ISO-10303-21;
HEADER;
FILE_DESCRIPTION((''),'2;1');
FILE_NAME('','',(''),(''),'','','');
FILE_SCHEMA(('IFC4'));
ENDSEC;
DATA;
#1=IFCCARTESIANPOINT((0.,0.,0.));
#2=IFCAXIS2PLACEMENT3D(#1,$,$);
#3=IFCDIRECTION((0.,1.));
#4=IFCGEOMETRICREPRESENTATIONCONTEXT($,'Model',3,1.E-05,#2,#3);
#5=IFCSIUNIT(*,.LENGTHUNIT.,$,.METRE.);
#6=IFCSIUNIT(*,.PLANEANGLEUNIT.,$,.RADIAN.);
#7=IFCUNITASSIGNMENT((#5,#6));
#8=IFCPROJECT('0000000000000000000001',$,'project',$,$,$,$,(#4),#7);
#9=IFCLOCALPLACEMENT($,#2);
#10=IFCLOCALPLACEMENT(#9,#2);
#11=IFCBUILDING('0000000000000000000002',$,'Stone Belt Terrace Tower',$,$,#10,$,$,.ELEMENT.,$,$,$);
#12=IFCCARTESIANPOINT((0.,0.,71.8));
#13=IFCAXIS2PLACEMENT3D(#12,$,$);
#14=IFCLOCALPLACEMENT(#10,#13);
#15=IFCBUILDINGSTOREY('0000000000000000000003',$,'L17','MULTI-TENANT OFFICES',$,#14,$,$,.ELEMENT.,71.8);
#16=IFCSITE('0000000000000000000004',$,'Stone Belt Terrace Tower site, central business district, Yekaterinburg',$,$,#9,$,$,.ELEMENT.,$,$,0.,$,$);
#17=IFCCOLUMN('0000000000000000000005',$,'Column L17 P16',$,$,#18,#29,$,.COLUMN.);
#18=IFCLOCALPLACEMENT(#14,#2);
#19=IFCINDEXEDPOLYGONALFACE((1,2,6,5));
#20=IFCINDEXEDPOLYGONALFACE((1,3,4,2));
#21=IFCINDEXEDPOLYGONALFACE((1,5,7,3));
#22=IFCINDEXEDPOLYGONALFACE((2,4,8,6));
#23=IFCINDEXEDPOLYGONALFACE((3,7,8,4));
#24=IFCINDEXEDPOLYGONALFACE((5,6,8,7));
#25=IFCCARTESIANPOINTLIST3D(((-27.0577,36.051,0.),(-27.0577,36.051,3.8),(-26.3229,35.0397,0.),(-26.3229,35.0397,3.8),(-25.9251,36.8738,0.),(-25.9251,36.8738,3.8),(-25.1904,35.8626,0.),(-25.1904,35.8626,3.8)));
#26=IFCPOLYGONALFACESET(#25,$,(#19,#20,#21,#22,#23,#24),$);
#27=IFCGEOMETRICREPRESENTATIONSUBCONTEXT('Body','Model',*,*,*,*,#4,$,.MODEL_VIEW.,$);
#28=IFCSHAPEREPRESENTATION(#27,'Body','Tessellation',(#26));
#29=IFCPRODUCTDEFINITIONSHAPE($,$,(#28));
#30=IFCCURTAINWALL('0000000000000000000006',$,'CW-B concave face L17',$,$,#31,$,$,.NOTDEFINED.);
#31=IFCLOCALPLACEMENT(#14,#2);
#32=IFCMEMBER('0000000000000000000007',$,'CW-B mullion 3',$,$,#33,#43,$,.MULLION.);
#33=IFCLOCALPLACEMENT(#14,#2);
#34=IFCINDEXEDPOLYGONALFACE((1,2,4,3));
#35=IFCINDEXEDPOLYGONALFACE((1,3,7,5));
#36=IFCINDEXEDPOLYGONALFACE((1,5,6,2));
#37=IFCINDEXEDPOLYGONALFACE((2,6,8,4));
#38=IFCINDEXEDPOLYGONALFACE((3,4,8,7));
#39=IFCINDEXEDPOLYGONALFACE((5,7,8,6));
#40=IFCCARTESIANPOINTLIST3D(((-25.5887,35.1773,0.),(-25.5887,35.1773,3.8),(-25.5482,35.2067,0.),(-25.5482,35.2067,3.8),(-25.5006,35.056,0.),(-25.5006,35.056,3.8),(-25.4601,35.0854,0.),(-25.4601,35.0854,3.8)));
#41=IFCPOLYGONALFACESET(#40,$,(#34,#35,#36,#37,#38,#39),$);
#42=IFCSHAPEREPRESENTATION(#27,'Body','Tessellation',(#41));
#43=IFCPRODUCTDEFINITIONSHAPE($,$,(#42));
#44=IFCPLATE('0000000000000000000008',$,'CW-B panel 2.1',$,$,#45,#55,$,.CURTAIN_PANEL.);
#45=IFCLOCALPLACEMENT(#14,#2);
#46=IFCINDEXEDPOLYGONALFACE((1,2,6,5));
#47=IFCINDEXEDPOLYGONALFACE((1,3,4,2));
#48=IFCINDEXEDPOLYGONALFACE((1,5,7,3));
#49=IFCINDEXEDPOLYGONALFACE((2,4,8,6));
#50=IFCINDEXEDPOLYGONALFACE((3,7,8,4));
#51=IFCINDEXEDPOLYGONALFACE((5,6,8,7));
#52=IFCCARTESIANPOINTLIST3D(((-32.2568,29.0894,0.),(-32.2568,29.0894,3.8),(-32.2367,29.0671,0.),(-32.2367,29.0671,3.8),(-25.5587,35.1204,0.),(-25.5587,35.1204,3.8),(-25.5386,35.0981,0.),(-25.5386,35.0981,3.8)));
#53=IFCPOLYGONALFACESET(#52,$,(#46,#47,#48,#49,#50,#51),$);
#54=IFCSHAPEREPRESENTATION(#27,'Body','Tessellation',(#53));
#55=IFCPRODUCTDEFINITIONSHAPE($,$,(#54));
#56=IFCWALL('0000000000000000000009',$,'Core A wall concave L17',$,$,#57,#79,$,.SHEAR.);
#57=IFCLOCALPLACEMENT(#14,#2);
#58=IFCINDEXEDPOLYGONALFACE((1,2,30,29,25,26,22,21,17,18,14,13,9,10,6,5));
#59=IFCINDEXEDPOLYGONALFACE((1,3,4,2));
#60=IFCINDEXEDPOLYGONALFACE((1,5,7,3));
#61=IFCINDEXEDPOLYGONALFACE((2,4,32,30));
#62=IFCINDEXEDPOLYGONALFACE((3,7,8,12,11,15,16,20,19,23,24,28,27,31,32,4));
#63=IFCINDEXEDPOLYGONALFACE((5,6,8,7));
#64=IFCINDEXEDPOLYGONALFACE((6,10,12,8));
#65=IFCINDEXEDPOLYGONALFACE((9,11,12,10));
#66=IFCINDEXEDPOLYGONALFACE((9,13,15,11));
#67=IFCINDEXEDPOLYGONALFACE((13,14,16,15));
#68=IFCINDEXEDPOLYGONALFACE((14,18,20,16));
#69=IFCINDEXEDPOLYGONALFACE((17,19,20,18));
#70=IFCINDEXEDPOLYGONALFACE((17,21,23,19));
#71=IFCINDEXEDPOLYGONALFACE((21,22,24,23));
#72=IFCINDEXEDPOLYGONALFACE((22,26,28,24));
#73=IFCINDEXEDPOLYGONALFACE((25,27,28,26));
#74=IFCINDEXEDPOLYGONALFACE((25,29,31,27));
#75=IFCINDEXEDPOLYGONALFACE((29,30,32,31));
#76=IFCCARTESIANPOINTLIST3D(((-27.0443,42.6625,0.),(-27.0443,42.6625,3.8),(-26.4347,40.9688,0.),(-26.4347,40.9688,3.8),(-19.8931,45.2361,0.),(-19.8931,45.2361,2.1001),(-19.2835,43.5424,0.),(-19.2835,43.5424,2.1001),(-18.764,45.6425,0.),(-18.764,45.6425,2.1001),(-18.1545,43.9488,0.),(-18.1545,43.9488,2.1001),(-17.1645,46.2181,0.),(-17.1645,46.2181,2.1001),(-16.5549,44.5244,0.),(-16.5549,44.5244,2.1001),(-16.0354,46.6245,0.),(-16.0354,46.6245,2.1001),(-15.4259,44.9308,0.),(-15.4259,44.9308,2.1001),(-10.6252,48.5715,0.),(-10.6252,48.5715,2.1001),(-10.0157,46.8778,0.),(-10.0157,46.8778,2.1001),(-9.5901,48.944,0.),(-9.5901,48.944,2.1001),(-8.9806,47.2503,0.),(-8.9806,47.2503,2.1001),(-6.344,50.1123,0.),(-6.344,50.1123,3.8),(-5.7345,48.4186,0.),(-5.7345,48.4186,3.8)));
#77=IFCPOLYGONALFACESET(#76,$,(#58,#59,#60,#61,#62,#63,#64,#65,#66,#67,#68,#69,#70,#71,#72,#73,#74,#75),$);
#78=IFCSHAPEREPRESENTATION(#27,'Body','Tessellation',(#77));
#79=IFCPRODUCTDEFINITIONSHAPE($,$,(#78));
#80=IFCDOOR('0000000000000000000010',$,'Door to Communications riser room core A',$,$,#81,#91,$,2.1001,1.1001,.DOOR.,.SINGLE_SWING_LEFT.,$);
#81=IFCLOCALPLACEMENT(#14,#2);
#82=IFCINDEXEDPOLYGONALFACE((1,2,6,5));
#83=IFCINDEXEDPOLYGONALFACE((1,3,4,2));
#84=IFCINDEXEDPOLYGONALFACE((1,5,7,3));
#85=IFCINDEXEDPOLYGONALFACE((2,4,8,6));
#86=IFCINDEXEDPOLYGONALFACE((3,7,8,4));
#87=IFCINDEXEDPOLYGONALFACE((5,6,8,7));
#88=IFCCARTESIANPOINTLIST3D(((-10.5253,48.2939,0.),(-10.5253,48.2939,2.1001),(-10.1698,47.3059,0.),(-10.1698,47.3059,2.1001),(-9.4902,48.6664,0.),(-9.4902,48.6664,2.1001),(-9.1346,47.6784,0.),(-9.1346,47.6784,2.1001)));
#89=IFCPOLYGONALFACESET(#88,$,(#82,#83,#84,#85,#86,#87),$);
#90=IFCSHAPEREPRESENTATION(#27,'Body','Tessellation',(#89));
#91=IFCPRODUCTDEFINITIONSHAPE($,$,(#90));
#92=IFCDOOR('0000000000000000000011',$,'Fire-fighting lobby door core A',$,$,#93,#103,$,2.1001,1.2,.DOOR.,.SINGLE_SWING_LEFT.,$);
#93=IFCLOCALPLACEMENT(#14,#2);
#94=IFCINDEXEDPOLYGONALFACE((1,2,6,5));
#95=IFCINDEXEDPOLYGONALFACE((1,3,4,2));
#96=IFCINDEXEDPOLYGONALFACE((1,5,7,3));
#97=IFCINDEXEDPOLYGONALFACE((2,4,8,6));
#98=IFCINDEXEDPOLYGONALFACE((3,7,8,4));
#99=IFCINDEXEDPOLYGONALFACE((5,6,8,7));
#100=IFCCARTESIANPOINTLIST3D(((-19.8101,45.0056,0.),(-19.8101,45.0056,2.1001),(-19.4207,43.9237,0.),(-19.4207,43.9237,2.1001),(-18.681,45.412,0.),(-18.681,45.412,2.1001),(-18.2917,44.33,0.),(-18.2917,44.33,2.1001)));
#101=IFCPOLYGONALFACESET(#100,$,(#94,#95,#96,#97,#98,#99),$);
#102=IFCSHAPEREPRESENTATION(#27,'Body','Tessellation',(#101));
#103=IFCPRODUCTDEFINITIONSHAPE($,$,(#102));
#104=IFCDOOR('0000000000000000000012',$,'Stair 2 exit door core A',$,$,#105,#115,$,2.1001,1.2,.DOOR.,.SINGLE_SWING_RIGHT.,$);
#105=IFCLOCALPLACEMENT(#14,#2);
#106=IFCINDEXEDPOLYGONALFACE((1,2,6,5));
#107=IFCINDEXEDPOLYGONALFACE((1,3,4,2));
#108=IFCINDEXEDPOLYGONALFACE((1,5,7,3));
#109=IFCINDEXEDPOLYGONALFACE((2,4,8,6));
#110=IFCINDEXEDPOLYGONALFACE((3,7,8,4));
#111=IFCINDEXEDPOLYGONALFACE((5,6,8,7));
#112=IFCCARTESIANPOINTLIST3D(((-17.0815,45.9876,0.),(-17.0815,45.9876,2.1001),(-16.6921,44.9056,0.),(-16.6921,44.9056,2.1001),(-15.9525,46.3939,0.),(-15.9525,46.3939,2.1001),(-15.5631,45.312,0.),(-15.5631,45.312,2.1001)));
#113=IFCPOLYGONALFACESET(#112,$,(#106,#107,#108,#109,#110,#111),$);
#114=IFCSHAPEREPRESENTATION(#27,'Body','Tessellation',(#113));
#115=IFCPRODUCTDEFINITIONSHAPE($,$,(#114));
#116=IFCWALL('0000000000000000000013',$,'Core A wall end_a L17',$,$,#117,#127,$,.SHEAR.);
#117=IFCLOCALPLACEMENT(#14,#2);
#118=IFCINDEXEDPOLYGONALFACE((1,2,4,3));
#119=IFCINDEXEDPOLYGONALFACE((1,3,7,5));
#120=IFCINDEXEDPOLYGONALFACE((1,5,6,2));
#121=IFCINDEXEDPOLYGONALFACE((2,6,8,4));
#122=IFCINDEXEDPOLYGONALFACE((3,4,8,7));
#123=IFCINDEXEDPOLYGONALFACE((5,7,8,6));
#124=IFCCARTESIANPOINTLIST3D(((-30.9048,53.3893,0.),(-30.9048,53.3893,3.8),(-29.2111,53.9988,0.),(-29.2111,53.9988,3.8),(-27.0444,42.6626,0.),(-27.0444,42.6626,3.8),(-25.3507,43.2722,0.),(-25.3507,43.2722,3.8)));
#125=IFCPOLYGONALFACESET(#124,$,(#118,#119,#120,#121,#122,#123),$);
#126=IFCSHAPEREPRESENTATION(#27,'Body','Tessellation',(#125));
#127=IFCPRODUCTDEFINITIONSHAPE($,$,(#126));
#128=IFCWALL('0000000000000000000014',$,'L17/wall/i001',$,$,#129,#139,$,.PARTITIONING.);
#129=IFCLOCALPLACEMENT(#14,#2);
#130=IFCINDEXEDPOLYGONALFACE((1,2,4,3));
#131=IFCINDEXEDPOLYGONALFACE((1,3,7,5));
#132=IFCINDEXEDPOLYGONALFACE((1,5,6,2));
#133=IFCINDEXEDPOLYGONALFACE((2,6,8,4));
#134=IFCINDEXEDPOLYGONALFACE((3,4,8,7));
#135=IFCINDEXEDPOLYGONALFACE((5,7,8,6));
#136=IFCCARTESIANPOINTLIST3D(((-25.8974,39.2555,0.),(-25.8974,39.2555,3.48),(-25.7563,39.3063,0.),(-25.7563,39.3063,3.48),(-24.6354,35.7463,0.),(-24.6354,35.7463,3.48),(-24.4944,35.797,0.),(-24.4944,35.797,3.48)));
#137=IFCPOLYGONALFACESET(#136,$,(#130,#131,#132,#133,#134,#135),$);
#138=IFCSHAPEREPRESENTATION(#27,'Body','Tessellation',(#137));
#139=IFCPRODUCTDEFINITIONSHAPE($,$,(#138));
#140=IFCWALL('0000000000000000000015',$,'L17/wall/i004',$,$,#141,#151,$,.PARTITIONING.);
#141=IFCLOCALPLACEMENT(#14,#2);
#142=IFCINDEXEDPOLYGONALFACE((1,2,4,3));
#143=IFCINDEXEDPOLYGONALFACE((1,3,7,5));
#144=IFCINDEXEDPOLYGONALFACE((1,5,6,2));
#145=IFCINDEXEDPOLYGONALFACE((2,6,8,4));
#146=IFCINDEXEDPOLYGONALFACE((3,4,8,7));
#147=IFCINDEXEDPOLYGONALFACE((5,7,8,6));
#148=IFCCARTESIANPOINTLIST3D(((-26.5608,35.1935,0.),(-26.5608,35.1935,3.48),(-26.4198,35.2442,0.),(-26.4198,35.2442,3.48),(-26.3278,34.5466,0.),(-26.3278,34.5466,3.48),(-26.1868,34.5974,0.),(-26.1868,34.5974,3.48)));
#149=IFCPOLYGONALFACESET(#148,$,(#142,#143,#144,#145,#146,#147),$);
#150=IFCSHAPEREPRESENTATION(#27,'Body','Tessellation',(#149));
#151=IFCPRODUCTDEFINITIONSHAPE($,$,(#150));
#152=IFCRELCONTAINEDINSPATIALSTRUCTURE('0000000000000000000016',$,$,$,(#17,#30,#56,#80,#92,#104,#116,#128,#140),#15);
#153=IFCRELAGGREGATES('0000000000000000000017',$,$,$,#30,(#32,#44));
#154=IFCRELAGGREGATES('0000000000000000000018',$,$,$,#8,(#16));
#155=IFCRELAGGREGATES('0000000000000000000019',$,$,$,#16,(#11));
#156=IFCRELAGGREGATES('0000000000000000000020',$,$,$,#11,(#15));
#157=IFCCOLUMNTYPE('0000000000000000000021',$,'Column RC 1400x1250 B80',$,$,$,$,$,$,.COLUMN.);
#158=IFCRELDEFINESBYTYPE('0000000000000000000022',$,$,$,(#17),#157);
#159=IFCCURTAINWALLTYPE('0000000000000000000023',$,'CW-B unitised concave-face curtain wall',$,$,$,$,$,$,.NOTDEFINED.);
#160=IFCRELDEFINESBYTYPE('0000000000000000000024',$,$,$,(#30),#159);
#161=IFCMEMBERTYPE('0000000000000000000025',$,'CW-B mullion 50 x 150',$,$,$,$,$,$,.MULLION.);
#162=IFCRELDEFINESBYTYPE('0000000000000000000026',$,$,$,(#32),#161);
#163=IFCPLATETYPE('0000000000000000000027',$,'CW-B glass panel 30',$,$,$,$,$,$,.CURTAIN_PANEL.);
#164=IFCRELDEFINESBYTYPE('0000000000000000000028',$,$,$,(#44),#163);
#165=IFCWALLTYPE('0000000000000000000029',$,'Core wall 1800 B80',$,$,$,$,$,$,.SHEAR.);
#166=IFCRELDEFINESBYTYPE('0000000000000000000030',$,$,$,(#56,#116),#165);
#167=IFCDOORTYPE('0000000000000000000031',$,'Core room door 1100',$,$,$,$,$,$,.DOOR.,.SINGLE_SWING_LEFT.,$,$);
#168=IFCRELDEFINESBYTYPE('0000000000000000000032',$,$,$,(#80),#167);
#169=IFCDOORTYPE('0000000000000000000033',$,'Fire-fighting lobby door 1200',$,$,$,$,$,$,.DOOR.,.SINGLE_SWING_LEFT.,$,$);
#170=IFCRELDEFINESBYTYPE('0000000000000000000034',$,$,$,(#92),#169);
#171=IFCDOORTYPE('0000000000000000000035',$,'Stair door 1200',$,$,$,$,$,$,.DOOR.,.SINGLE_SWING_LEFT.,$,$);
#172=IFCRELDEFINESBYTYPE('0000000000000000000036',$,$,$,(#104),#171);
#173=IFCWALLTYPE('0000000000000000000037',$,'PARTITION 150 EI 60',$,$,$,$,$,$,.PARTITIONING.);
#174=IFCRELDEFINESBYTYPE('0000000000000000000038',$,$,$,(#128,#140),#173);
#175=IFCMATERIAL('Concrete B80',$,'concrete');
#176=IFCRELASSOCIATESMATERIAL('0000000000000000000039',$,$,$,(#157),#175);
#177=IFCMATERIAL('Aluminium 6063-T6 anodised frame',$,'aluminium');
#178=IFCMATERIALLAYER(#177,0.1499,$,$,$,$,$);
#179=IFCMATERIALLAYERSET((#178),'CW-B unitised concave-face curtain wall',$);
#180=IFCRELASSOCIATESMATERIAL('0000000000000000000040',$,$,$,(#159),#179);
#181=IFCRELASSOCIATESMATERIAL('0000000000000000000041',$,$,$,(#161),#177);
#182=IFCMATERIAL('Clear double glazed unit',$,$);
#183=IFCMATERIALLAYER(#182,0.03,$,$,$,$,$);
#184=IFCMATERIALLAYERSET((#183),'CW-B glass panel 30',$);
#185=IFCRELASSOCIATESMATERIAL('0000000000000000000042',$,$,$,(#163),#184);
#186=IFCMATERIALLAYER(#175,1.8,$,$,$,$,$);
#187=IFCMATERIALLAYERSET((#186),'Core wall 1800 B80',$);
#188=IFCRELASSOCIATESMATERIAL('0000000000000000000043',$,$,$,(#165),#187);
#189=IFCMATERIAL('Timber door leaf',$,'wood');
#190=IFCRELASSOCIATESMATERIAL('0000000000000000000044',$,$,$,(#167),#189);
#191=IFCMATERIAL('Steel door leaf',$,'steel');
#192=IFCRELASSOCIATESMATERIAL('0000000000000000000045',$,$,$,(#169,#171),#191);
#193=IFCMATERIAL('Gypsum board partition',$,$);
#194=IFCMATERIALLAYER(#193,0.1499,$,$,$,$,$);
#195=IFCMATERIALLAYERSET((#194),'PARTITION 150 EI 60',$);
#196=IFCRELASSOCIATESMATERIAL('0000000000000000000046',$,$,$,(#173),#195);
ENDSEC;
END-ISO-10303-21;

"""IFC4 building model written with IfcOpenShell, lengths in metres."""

from ifc_helpers import new_model, si_unit, direction, frame, frame_2d, origin, origin_2d, place, context, subcontext, project, spatial, rectangle, extrude, material, layer, layer_set, material_profile, profile_set, type_object, element, fill, aggregate, save


model = new_model("IFC4")

# Units and contexts
model_context = context("Model", 3, precision=1e-05, world=origin(), true_north=direction((0.0, 1.0)))
body_context = subcontext(model_context, "Body", "Model", "MODEL_VIEW")
ifc_project = project(units=[si_unit("LENGTHUNIT", "METRE"), si_unit("PLANEANGLEUNIT", "RADIAN")], contexts=[model_context])

# Site, building, storey
site_placement = place(None, origin())
site = spatial("IfcSite", under=ifc_project, at=site_placement, Name="Stone Belt Terrace Tower site, central business district, Yekaterinburg", CompositionType="ELEMENT", RefElevation=0.0)
building_placement = place(site_placement, origin())
building = spatial("IfcBuilding", under=site, at=building_placement, Name="Stone Belt Terrace Tower", CompositionType="ELEMENT")
storey_placement = place(building_placement, frame((0.0, 0.0, 71.8)))
storey = spatial("IfcBuildingStorey", under=building, at=storey_placement, Name="L17", Description="MULTI-TENANT OFFICES", CompositionType="ELEMENT", Elevation=71.8)

# Column
ifc_material_1 = material(Name="Concrete B80", Category="concrete")
ifc_material_profile_1 = material_profile(ifc_material_1, rectangle(XDim=1.3999, YDim=1.25, at=origin_2d()), Name="RC 1400x1250")
ifc_profile_set_1 = profile_set([ifc_material_profile_1], Name="Concrete B80")
column_type = type_object("IfcColumnType", Name="Column RC 1400x1250 B80", PredefinedType="COLUMN", material=ifc_profile_set_1)
column_placement = place(storey_placement, frame((-26.124, 35.9568, 0.0), z_axis=(0.0, 0.0, 1.0), x_axis=(0.809017, 0.587785, 0.0)))
element("IfcColumn", 1, at=column_placement, inside=storey, type_object=column_type, Name="Column L17 P16", PredefinedType="COLUMN", context=body_context, shape_type="SweptSolid", body=[
    extrude(rectangle(XDim=1.3999, YDim=1.25, at=origin_2d()), origin(), (0.0, 0.0, 1.0), 3.8),
])

# Curtain wall, member, plate
ifc_material_2 = material(Name="Aluminium 6063-T6 anodised frame", Category="aluminium")
ifc_layer_1 = layer(ifc_material_2, 0.1499)
ifc_layer_set_1 = layer_set([ifc_layer_1], Name="CW-B unitised concave-face curtain wall")
curtain_wall_type = type_object("IfcCurtainWallType", Name="CW-B unitised concave-face curtain wall", PredefinedType="NOTDEFINED", material=ifc_layer_set_1)
curtain_wall_placement = place(storey_placement, origin())
curtain_wall = element("IfcCurtainWall", 2, at=curtain_wall_placement, inside=storey, type_object=curtain_wall_type, Name="CW-B concave face L17", PredefinedType="NOTDEFINED")
ifc_material_profile_2 = material_profile(ifc_material_2, rectangle(XDim=0.1499, YDim=0.05, at=origin_2d()), Name="Aluminium 6063-T6 50x150")
ifc_profile_set_2 = profile_set([ifc_material_profile_2], Name="Aluminium 6063-T6 anodised frame")
member_type = type_object("IfcMemberType", Name="CW-B mullion 50 x 150", PredefinedType="MULLION", material=ifc_profile_set_2)
member_placement = place(storey_placement, frame((-25.5244, 35.1313, 0.0), z_axis=(0.0, 0.0, 1.0), x_axis=(-0.587785, 0.809017, 0.0)))
member = element("IfcMember", 3, at=member_placement, type_object=member_type, Name="CW-B mullion 3", PredefinedType="MULLION", context=body_context, shape_type="SweptSolid", body=[
    extrude(rectangle(XDim=0.1499, YDim=0.05, at=origin_2d()), origin(), (0.0, 0.0, 1.0), 3.8),
])
ifc_material_3 = material(Name="Clear double glazed unit")
ifc_layer_2 = layer(ifc_material_3, 0.03)
ifc_layer_set_2 = layer_set([ifc_layer_2], Name="CW-B glass panel 30")
plate_type = type_object("IfcPlateType", Name="CW-B glass panel 30", PredefinedType="CURTAIN_PANEL", material=ifc_layer_set_2)
plate_placement = place(storey_placement, frame((-28.8977, 32.0938, 0.0), z_axis=(0.0, 0.0, 1.0), x_axis=(0.743145, 0.669131, 0.0)))
plate = element("IfcPlate", 4, at=plate_placement, type_object=plate_type, Name="CW-B panel 2.1", PredefinedType="CURTAIN_PANEL", context=body_context, shape_type="SweptSolid", body=[
    extrude(rectangle(XDim=9.0132, YDim=0.03, at=origin_2d()), origin(), (0.0, 0.0, 1.0), 3.8),
])
aggregate(curtain_wall, [member, plate])

# Wall, openings, doors
ifc_layer_3 = layer(ifc_material_1, 1.8)
ifc_layer_set_3 = layer_set([ifc_layer_3], Name="Core wall 1800 B80")
wall_type_1 = type_object("IfcWallType", Name="Core wall 1800 B80", PredefinedType="SHEAR", material=ifc_layer_set_3)
wall_1_placement = place(storey_placement, frame((-26.7395, 41.8157, 0.0), z_axis=(0.0, 0.0, 1.0), x_axis=(0.940922, 0.338624, 0.0)))
wall_1 = element("IfcWall", 5, at=wall_1_placement, inside=storey, type_object=wall_type_1, Name="Core A wall concave L17", PredefinedType="SHEAR", context=body_context, shape_type="SweptSolid", body=[
    extrude(rectangle(XDim=22.0, YDim=1.8, at=frame_2d((11.0, 0.0))), origin(), (0.0, 0.0, 1.0), 3.8),
])
opening_1_placement = place(wall_1_placement, frame((7.6001, 0.0, 0.0)))
opening_1 = element("IfcOpeningElement", 6, at=opening_1_placement, cuts=wall_1, PredefinedType="OPENING", context=body_context, shape_type="SweptSolid", body=[
    extrude(rectangle(XDim=1.2, YDim=2.1001, at=frame_2d((0.6001, 1.05))), frame((0.0, 0.9099, 0.0), z_axis=(0.0, -1.0, 0.0), x_axis=(1.0, 0.0, 0.0)), (0.0, 0.0, 1.0), 1.8201),
])
opening_2_placement = place(wall_1_placement, frame((10.5, 0.0, 0.0)))
opening_2 = element("IfcOpeningElement", 7, at=opening_2_placement, cuts=wall_1, PredefinedType="OPENING", context=body_context, shape_type="SweptSolid", body=[
    extrude(rectangle(XDim=1.2, YDim=2.1001, at=frame_2d((0.6001, 1.05))), frame((0.0, 0.9099, 0.0), z_axis=(0.0, -1.0, 0.0), x_axis=(1.0, 0.0, 0.0)), (0.0, 0.0, 1.0), 1.8201),
])
opening_3_placement = place(wall_1_placement, frame((17.45, 0.0, 0.0)))
opening_3 = element("IfcOpeningElement", 8, at=opening_3_placement, cuts=wall_1, PredefinedType="OPENING", context=body_context, shape_type="SweptSolid", body=[
    extrude(rectangle(XDim=1.1001, YDim=2.1001, at=frame_2d((0.55, 1.05))), frame((0.0, 0.9099, 0.0), z_axis=(0.0, -1.0, 0.0), x_axis=(1.0, 0.0, 0.0)), (0.0, 0.0, 1.0), 1.8201),
])
ifc_material_4 = material(Name="Timber door leaf", Category="wood")
door_type_1 = type_object("IfcDoorType", Name="Core room door 1100", OperationType="SINGLE_SWING_LEFT", PredefinedType="DOOR", material=ifc_material_4)
door_1_placement = place(opening_3_placement, origin())
door_1 = element("IfcDoor", 9, at=door_1_placement, inside=storey, type_object=door_type_1, Name="Door to Communications riser room core A", OperationType="SINGLE_SWING_LEFT", OverallHeight=2.1001, OverallWidth=1.1001, PredefinedType="DOOR", context=body_context, shape_type="SweptSolid", body=[
    extrude(rectangle(XDim=1.1001, YDim=2.1001, at=frame_2d((0.55, 1.05))), frame((0.0, 0.605, 0.0), z_axis=(0.0, -1.0, 0.0), x_axis=(1.0, 0.0, 0.0)), (0.0, 0.0, 1.0), 1.05),
])
fill(opening_3, door_1)
ifc_material_5 = material(Name="Steel door leaf", Category="steel")
door_type_2 = type_object("IfcDoorType", Name="Fire-fighting lobby door 1200", OperationType="SINGLE_SWING_LEFT", PredefinedType="DOOR", material=ifc_material_5)
door_2_placement = place(opening_1_placement, origin())
door_2 = element("IfcDoor", 10, at=door_2_placement, inside=storey, type_object=door_type_2, Name="Fire-fighting lobby door core A", OperationType="SINGLE_SWING_LEFT", OverallHeight=2.1001, OverallWidth=1.2, PredefinedType="DOOR", context=body_context, shape_type="SweptSolid", body=[
    extrude(rectangle(XDim=1.2, YDim=2.1001, at=frame_2d((0.6001, 1.05))), frame((0.0, 0.655, 0.0), z_axis=(0.0, -1.0, 0.0), x_axis=(1.0, 0.0, 0.0)), (0.0, 0.0, 1.0), 1.1499),
])
fill(opening_1, door_2)
door_type_3 = type_object("IfcDoorType", Name="Stair door 1200", OperationType="SINGLE_SWING_LEFT", PredefinedType="DOOR", material=ifc_material_5)
door_3_placement = place(opening_2_placement, origin())
door_3 = element("IfcDoor", 11, at=door_3_placement, inside=storey, type_object=door_type_3, Name="Stair 2 exit door core A", OperationType="SINGLE_SWING_RIGHT", OverallHeight=2.1001, OverallWidth=1.2, PredefinedType="DOOR", context=body_context, shape_type="SweptSolid", body=[
    extrude(rectangle(XDim=1.2, YDim=2.1001, at=frame_2d((0.6001, 1.05))), frame((0.0, 0.655, 0.0), z_axis=(0.0, -1.0, 0.0), x_axis=(1.0, 0.0, 0.0)), (0.0, 0.0, 1.0), 1.1499),
])
fill(opening_2, door_3)

# Walls
wall_2_placement = place(storey_placement, frame((-26.1975, 42.9673, 0.0), z_axis=(0.0, 0.0, 1.0), x_axis=(-0.338625, 0.940921, 0.0)))
element("IfcWall", 12, at=wall_2_placement, inside=storey, type_object=wall_type_1, Name="Core A wall end_a L17", PredefinedType="SHEAR", context=body_context, shape_type="SweptSolid", body=[
    extrude(rectangle(XDim=11.4001, YDim=1.8, at=frame_2d((5.7002, 0.0))), origin(), (0.0, 0.0, 1.0), 3.8),
])
ifc_material_6 = material(Name="Gypsum board partition")
ifc_layer_4 = layer(ifc_material_6, 0.1499)
ifc_layer_set_4 = layer_set([ifc_layer_4], Name="PARTITION 150 EI 60")
wall_type_2 = type_object("IfcWallType", Name="PARTITION 150 EI 60", PredefinedType="PARTITIONING", material=ifc_layer_set_4)
wall_3_placement = place(storey_placement, frame((-25.8269, 39.281, 0.0), z_axis=(0.0, 0.0, 1.0), x_axis=(0.338393, -0.941005, 0.0)))
element("IfcWall", 13, at=wall_3_placement, inside=storey, type_object=wall_type_2, Name="L17/wall/i001", PredefinedType="PARTITIONING", context=body_context, shape_type="SweptSolid", body=[
    extrude(rectangle(XDim=3.7292, YDim=0.1499, at=frame_2d((1.8647, 0.0))), origin(), (0.0, 0.0, 1.0), 3.48),
])
wall_4_placement = place(storey_placement, frame((-26.2573, 34.572, 0.0), z_axis=(0.0, 0.0, 1.0), x_axis=(-0.338833, 0.940847, 0.0)))
element("IfcWall", 14, at=wall_4_placement, inside=storey, type_object=wall_type_2, Name="L17/wall/i004", PredefinedType="PARTITIONING", context=body_context, shape_type="SweptSolid", body=[
    extrude(rectangle(XDim=0.6875, YDim=0.1499, at=frame_2d((0.3438, 0.0))), origin(), (0.0, 0.0, 1.0), 3.48),
])

save(model, "model.ifc")
